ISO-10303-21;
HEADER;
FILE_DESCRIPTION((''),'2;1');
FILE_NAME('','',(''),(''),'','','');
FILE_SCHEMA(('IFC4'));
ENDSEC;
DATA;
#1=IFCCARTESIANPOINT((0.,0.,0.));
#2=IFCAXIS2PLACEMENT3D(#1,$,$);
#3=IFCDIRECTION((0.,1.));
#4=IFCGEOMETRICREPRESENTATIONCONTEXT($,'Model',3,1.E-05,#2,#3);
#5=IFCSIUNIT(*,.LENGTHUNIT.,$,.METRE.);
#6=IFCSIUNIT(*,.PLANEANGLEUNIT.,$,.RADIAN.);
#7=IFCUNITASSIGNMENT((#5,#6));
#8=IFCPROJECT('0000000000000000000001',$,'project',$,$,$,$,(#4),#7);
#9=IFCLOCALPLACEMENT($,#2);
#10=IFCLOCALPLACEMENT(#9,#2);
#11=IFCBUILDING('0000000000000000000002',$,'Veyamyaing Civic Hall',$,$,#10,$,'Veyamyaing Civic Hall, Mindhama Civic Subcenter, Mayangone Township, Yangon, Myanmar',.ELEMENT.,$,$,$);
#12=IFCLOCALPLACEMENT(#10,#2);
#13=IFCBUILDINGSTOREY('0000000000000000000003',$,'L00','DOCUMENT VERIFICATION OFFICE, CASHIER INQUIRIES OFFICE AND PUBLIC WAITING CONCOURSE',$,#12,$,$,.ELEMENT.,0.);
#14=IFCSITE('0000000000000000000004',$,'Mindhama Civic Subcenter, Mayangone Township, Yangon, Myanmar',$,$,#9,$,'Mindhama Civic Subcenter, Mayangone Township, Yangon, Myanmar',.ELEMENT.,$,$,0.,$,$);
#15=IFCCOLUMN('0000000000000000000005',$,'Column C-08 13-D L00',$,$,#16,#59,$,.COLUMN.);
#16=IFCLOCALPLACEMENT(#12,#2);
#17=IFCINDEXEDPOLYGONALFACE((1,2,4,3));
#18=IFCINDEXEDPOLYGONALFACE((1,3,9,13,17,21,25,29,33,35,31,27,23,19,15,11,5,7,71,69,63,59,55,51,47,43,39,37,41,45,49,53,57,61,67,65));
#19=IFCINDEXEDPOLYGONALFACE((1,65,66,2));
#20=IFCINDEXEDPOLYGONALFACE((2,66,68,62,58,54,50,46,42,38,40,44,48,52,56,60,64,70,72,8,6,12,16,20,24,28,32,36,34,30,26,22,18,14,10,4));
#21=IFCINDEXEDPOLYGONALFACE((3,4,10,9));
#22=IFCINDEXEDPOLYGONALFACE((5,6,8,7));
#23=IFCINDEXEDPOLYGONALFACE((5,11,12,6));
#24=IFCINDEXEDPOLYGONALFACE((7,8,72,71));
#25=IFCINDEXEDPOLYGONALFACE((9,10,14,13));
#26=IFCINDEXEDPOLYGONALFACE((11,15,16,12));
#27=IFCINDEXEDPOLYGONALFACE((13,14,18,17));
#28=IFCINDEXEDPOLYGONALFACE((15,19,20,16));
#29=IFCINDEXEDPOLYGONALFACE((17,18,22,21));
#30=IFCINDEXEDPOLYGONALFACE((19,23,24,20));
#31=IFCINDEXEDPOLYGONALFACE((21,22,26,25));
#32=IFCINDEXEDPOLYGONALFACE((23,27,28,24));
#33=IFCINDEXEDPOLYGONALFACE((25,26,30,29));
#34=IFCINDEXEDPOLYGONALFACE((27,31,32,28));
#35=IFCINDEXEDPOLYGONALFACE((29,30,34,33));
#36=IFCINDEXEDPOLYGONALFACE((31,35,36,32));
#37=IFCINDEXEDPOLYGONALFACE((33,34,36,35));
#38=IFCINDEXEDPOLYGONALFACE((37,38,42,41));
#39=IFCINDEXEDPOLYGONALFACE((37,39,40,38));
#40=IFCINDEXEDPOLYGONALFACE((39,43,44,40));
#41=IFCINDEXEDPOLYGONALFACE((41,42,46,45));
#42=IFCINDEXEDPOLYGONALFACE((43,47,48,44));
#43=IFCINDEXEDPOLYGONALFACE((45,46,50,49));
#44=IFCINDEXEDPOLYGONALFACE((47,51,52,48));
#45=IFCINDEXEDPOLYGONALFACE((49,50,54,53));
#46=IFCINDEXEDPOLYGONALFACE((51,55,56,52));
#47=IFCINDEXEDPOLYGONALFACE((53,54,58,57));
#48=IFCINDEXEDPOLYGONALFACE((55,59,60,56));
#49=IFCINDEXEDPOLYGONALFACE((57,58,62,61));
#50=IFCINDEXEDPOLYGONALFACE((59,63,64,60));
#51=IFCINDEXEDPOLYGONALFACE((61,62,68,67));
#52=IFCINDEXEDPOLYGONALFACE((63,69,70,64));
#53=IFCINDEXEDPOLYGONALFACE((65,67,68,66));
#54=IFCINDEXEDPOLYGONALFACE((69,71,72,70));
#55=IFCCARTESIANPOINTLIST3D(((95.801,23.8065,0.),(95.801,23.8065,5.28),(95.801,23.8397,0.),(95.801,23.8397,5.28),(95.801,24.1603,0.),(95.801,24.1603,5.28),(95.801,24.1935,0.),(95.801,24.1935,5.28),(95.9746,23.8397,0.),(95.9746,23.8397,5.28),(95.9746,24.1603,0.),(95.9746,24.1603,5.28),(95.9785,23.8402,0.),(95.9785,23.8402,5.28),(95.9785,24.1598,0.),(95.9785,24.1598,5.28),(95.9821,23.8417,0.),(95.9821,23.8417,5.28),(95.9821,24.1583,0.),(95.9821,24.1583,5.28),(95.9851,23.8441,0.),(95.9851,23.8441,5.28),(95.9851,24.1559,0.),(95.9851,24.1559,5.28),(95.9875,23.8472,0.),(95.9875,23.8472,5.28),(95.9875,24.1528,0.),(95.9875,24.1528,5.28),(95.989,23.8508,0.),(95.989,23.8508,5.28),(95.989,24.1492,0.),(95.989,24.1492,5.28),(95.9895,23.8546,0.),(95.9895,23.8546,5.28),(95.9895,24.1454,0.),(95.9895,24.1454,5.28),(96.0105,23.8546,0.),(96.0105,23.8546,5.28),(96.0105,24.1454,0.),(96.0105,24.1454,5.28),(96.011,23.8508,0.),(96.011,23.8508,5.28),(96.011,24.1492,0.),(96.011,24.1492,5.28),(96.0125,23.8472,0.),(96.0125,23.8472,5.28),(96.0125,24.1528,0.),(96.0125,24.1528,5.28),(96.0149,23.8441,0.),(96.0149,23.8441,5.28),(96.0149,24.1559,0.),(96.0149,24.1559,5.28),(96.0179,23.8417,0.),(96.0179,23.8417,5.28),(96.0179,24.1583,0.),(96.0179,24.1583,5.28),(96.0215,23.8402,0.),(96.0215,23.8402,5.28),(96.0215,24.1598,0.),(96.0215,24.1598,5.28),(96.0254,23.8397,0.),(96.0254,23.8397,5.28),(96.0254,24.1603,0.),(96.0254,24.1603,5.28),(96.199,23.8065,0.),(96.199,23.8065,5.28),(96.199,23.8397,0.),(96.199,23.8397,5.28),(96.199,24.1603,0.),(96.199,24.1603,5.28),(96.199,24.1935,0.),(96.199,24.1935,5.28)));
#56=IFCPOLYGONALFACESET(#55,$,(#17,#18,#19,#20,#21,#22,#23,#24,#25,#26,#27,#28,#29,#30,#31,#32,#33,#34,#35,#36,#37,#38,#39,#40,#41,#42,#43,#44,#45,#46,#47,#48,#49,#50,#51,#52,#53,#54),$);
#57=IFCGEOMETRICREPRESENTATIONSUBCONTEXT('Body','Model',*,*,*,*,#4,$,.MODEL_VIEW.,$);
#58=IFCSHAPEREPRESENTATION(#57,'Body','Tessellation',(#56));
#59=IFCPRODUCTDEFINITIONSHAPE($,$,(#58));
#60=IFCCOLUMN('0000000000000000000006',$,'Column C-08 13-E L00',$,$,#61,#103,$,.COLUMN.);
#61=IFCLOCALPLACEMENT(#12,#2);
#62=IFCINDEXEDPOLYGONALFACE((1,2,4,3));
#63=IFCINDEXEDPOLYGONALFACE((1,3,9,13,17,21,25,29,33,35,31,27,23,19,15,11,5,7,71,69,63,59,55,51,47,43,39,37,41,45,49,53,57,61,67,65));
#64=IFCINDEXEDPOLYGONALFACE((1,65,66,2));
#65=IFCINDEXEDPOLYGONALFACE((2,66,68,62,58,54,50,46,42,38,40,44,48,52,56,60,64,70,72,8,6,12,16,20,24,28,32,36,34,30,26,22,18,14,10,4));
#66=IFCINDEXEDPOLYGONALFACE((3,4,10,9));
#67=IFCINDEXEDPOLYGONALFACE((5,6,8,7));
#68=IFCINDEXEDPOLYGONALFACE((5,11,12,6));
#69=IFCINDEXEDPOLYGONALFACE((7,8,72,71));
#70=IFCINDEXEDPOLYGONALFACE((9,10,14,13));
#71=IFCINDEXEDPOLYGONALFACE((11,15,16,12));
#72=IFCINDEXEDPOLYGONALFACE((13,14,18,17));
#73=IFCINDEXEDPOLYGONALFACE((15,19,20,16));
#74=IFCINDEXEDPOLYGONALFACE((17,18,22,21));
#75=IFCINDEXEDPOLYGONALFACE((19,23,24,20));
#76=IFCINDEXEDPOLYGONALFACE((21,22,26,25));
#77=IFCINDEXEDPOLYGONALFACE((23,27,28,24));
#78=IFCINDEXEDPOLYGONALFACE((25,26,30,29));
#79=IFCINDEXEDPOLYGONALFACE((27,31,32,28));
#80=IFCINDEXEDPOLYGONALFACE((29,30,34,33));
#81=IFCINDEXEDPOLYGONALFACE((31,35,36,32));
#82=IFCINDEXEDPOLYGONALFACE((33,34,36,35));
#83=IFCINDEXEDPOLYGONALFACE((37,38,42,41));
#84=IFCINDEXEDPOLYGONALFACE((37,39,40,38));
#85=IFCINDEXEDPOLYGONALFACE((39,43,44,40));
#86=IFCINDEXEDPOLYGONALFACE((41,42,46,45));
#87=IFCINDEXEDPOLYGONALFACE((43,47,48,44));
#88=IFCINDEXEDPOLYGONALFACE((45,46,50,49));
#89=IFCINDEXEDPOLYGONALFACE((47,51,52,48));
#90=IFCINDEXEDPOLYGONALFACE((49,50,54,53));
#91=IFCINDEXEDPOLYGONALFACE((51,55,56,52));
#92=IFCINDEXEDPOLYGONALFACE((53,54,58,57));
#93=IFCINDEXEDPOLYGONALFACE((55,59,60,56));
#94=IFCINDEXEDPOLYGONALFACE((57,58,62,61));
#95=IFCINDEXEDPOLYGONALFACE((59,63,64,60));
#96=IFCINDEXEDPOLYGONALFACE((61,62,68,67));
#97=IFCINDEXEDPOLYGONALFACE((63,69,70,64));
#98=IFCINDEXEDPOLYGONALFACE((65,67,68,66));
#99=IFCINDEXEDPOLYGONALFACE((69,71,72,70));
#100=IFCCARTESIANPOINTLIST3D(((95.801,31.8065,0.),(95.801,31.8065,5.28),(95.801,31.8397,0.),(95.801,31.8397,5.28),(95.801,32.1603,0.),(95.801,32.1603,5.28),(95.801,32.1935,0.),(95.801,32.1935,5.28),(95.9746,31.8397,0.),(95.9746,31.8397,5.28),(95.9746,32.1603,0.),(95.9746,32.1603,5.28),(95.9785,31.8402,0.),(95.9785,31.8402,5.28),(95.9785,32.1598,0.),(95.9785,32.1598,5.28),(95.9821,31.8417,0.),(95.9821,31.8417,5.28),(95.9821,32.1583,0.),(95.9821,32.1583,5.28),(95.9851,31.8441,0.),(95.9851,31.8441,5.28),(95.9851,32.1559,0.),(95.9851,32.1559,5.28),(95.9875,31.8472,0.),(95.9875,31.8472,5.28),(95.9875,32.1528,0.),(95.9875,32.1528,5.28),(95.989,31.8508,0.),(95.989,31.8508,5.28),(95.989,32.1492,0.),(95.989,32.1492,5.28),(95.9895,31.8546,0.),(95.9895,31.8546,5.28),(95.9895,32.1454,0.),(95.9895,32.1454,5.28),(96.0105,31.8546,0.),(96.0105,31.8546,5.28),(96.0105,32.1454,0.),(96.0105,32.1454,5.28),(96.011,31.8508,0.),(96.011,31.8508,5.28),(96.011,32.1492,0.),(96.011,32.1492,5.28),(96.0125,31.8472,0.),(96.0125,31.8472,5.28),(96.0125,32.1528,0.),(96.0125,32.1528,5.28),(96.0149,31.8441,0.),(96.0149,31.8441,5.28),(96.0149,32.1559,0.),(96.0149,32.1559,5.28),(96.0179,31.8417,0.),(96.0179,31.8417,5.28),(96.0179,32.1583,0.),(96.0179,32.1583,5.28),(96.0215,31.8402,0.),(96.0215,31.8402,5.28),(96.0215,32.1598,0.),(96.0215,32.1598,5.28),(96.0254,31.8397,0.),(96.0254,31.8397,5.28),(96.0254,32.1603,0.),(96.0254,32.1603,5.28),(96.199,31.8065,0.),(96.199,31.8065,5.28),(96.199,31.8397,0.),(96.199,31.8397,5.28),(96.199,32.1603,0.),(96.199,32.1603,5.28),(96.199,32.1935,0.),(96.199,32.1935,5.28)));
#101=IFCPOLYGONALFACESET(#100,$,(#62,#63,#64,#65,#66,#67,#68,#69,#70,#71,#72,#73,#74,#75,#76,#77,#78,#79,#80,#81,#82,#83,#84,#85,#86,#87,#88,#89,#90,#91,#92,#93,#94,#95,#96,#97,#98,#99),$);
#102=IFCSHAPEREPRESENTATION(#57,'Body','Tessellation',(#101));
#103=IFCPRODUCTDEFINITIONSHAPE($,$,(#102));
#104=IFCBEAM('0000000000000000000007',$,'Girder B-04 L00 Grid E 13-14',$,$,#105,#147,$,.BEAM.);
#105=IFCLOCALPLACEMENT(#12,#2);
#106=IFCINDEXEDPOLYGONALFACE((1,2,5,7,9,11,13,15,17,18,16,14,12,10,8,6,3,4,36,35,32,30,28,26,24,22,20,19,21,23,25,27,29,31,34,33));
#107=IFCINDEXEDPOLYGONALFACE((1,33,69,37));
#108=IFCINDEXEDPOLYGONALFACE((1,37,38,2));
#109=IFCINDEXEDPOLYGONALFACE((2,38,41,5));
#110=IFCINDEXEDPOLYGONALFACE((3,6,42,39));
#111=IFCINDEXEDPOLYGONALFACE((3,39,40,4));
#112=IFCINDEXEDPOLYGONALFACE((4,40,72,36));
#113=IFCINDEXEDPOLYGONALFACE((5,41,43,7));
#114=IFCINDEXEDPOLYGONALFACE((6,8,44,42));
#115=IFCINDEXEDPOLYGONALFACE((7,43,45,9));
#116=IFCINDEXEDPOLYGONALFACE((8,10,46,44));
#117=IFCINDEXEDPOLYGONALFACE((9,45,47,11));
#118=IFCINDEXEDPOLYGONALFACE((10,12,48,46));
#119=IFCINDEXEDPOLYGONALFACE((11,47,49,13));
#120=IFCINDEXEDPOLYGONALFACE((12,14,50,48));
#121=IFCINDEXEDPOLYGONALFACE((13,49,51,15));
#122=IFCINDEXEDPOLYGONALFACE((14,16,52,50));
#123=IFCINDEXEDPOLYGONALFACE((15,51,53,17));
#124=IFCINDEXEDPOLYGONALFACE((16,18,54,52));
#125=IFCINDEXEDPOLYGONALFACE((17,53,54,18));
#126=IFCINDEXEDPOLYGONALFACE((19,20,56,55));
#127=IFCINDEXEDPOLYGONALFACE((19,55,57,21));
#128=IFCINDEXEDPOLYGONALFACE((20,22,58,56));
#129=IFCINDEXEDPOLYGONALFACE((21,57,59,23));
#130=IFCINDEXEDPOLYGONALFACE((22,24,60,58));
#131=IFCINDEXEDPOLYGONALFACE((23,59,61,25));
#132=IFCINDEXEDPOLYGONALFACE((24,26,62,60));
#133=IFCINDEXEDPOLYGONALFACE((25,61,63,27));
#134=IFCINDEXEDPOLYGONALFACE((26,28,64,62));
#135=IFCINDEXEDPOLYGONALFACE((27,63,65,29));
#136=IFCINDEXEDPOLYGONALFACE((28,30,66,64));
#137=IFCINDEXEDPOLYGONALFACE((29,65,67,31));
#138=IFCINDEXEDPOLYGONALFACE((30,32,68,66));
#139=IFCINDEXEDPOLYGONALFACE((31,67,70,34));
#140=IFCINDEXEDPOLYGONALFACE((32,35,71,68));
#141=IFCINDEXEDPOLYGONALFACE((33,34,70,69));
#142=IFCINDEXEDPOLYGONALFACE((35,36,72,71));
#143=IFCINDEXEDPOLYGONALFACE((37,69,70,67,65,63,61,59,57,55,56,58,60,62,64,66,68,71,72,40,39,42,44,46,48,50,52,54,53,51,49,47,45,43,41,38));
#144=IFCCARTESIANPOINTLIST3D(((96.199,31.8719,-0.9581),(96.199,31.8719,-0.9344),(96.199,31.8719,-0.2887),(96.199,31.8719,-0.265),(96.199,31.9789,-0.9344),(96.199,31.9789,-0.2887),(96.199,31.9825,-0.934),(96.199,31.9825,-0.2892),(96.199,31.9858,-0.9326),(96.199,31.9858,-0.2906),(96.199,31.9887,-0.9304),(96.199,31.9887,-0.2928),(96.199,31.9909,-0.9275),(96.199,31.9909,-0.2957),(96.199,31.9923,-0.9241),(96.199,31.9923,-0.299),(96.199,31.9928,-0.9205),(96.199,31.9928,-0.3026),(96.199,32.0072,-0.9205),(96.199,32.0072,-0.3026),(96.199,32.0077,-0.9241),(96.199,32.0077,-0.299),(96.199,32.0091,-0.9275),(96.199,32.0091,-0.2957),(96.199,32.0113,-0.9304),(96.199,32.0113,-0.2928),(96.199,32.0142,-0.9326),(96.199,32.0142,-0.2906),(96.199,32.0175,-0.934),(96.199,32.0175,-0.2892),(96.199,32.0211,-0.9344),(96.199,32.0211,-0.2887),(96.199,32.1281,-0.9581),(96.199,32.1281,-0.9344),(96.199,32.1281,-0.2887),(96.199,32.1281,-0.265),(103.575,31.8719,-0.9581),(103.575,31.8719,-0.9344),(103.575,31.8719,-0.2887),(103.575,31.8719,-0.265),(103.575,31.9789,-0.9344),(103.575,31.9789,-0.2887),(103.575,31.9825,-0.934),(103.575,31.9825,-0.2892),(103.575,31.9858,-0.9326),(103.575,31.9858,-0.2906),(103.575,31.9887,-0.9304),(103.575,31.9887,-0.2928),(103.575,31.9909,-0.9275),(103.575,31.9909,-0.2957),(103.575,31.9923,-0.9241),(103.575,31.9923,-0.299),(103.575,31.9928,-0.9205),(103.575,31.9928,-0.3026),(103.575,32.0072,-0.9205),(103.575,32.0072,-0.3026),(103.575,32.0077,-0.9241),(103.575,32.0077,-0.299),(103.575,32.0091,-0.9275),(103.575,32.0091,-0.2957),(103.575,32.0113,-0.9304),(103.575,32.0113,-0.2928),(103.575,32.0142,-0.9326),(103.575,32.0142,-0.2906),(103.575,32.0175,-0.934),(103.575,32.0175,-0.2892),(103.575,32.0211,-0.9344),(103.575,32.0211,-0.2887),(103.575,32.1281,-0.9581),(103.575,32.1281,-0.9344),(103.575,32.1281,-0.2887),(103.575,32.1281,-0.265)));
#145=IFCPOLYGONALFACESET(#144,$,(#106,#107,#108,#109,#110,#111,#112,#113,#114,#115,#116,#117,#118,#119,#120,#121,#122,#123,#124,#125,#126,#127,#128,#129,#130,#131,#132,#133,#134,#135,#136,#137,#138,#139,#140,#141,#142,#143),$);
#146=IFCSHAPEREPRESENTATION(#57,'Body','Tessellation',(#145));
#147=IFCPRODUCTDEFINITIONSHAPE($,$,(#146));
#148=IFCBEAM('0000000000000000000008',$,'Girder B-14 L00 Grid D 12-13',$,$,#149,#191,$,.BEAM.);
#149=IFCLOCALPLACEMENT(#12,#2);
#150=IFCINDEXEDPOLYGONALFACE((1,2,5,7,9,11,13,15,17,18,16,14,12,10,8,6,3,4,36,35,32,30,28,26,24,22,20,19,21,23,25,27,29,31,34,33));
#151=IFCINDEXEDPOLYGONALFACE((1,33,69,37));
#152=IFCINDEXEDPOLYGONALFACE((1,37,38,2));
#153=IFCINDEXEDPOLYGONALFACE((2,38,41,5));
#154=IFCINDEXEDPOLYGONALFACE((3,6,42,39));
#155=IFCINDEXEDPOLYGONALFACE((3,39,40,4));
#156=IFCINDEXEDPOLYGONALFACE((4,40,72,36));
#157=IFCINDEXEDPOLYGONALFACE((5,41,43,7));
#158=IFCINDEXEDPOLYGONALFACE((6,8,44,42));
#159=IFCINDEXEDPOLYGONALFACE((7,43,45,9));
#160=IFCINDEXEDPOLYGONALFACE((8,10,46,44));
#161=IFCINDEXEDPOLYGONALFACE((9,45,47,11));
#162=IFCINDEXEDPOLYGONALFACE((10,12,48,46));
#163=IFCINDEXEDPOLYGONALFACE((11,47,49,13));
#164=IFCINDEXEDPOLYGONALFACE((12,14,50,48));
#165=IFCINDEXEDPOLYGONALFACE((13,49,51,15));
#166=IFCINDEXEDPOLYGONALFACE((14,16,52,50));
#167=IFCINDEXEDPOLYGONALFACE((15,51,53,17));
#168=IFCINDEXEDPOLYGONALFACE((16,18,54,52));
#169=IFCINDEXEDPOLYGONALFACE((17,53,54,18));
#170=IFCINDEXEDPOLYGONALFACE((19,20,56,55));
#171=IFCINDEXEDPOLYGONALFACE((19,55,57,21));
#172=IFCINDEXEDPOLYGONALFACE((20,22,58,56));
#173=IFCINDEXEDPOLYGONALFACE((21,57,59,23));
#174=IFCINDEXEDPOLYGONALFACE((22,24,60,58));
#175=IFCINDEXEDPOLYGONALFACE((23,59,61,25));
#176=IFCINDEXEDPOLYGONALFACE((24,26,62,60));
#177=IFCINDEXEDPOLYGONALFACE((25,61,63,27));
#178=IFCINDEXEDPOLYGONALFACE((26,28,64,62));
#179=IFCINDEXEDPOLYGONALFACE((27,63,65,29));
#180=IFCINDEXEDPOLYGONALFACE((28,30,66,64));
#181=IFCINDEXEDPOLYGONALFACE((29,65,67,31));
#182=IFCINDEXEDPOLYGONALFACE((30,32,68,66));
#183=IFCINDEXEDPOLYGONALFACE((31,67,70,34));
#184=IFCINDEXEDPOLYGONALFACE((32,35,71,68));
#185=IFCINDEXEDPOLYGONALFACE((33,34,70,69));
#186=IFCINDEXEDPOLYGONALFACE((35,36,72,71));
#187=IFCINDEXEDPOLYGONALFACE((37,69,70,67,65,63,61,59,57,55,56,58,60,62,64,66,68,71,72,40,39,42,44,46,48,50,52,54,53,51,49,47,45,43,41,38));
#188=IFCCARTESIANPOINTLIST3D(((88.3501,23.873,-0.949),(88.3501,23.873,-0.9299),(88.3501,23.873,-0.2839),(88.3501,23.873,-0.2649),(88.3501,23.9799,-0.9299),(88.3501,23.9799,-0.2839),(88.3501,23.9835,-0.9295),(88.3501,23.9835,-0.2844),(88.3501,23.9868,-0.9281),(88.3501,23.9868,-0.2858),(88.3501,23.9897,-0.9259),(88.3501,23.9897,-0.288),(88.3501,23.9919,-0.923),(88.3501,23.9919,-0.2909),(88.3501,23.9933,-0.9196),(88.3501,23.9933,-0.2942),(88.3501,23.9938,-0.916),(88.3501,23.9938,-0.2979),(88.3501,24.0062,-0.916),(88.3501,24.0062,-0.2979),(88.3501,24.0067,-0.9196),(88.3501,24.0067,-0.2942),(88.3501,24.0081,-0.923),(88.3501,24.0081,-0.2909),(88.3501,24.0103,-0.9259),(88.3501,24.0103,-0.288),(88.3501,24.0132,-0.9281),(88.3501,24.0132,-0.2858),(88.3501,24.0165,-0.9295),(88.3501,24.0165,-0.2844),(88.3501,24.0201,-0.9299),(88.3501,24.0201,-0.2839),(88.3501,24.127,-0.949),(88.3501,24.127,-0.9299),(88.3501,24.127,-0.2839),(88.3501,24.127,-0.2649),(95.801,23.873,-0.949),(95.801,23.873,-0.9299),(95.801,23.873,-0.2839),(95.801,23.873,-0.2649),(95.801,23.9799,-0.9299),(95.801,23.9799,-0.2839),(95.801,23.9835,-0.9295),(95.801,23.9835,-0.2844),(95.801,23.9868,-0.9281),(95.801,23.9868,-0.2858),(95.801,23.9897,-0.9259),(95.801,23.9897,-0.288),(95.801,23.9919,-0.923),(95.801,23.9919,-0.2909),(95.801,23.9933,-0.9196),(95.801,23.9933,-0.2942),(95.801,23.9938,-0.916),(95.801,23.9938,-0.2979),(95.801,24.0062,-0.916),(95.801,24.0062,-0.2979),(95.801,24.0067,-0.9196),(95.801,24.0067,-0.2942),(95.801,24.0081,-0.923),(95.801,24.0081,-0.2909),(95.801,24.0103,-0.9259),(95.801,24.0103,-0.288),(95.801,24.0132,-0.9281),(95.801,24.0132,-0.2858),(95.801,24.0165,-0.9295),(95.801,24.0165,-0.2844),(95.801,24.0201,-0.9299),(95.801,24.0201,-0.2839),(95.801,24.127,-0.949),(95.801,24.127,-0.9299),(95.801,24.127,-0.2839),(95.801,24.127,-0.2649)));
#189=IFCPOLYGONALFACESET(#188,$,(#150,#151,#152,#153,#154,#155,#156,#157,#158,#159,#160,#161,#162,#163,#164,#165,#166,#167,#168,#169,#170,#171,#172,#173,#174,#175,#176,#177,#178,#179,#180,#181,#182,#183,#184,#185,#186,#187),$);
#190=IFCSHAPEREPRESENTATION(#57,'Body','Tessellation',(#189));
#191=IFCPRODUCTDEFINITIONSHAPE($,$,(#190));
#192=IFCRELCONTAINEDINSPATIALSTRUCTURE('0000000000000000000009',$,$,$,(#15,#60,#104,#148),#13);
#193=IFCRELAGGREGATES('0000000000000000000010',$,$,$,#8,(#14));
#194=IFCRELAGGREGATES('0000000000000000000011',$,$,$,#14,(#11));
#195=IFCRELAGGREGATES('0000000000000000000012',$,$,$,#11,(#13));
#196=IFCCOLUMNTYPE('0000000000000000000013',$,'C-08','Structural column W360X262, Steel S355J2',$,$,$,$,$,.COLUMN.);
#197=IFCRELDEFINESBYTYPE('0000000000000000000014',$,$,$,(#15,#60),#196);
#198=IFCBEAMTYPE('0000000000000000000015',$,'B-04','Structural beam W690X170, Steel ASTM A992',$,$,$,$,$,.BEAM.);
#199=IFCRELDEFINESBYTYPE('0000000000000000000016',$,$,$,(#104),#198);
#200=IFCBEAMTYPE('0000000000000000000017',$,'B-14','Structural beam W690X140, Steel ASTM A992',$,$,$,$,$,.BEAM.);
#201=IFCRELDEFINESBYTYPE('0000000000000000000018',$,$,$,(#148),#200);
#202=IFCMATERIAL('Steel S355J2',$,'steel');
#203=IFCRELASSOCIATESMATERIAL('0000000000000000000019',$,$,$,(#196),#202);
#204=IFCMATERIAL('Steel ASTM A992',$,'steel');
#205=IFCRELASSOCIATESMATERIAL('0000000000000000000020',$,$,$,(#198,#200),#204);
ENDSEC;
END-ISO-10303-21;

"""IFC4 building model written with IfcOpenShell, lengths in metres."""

from ifc_helpers import new_model, si_unit, direction, frame, origin, origin_2d, place, context, subcontext, project, spatial, i_section, extrude, material, material_profile, profile_set, type_object, element, save


model = new_model("IFC4")

# Units and contexts
model_context = context("Model", 3, precision=1e-05, world=origin(), true_north=direction((0.0, 1.0)))
body_context = subcontext(model_context, "Body", "Model", "MODEL_VIEW")
ifc_project = project(units=[si_unit("LENGTHUNIT", "METRE"), si_unit("PLANEANGLEUNIT", "RADIAN")], contexts=[model_context])

# Site, building, storey
site_placement = place(None, origin())
site = spatial("IfcSite", under=ifc_project, at=site_placement, Name="Mindhama Civic Subcenter, Mayangone Township, Yangon, Myanmar", LongName="Mindhama Civic Subcenter, Mayangone Township, Yangon, Myanmar", CompositionType="ELEMENT", RefElevation=0.0)
building_placement = place(site_placement, origin())
building = spatial("IfcBuilding", under=site, at=building_placement, Name="Veyamyaing Civic Hall", LongName="Veyamyaing Civic Hall, Mindhama Civic Subcenter, Mayangone Township, Yangon, Myanmar", CompositionType="ELEMENT")
storey_placement = place(building_placement, origin())
storey = spatial("IfcBuildingStorey", under=building, at=storey_placement, Name="L00", Description="DOCUMENT VERIFICATION OFFICE, CASHIER INQUIRIES OFFICE AND PUBLIC WAITING CONCOURSE", CompositionType="ELEMENT", Elevation=0.0)

# Columns
ifc_material_1 = material(Name="Steel S355J2", Category="steel")
ifc_material_profile_1 = material_profile(ifc_material_1, i_section(OverallWidth=0.3979, OverallDepth=0.387, WebThickness=0.021, FlangeThickness=0.0332, FilletRadius=0.0149, at=origin_2d()), Name="W360X262")
ifc_profile_set_1 = profile_set([ifc_material_profile_1], Name="Steel S355J2")
column_type = type_object("IfcColumnType", Name="C-08", Description="Structural column W360X262, Steel S355J2", PredefinedType="COLUMN", material=ifc_profile_set_1)
for number, where, z_axis, x_axis, name in (
    (1, (96.0, 24.0, 0.0), (0.0, 0.0, 1.0), (1.0, 0.0, 0.0), "Column C-08 13-D L00"),
    (2, (96.0, 32.0, 0.0), (0.0, 0.0, 1.0), (1.0, 0.0, 0.0), "Column C-08 13-E L00"),
):
    element("IfcColumn", number, at=place(storey_placement, frame(where, z_axis=z_axis, x_axis=x_axis)), inside=storey, type_object=column_type, Name=name, PredefinedType="COLUMN", context=body_context, shape_type="SweptSolid", body=[
        extrude(i_section(OverallWidth=0.3979, OverallDepth=0.387, WebThickness=0.021, FlangeThickness=0.0332, FilletRadius=0.0149, at=origin_2d()), origin(), (0.0, 0.0, 1.0), 5.28),
    ])

# Beams
ifc_material_2 = material(Name="Steel ASTM A992", Category="steel")
ifc_material_profile_2 = material_profile(ifc_material_2, i_section(OverallWidth=0.2561, OverallDepth=0.6931, WebThickness=0.0144, FlangeThickness=0.0237, FilletRadius=0.0139, at=origin_2d()), Name="W690X170")
ifc_profile_set_2 = profile_set([ifc_material_profile_2], Name="Steel ASTM A992")
beam_type_1 = type_object("IfcBeamType", Name="B-04", Description="Structural beam W690X170, Steel ASTM A992", PredefinedType="BEAM", material=ifc_profile_set_2)
beam_1_placement = place(storey_placement, frame((96.199, 32.0, -0.6116), z_axis=(1.0, 0.0, 0.0), x_axis=(0.0, 1.0, 0.0)))
element("IfcBeam", 3, at=beam_1_placement, inside=storey, type_object=beam_type_1, Name="Girder B-04 L00 Grid E 13-14", PredefinedType="BEAM", context=body_context, shape_type="SweptSolid", body=[
    extrude(i_section(OverallWidth=0.2561, OverallDepth=0.6931, WebThickness=0.0144, FlangeThickness=0.0237, FilletRadius=0.0139, at=origin_2d()), origin(), (0.0, 0.0, 1.0), 7.376),
])
ifc_material_profile_3 = material_profile(ifc_material_2, i_section(OverallWidth=0.2539, OverallDepth=0.6841, WebThickness=0.0125, FlangeThickness=0.019, FilletRadius=0.0139, at=origin_2d()), Name="W690X140")
ifc_profile_set_3 = profile_set([ifc_material_profile_3], Name="Steel ASTM A992")
beam_type_2 = type_object("IfcBeamType", Name="B-14", Description="Structural beam W690X140, Steel ASTM A992", PredefinedType="BEAM", material=ifc_profile_set_3)
beam_2_placement = place(storey_placement, frame((88.3501, 24.0, -0.6069), z_axis=(1.0, 0.0, 0.0), x_axis=(0.0, 1.0, 0.0)))
element("IfcBeam", 4, at=beam_2_placement, inside=storey, type_object=beam_type_2, Name="Girder B-14 L00 Grid D 12-13", PredefinedType="BEAM", context=body_context, shape_type="SweptSolid", body=[
    extrude(i_section(OverallWidth=0.2539, OverallDepth=0.6841, WebThickness=0.0125, FlangeThickness=0.019, FilletRadius=0.0139, at=origin_2d()), origin(), (0.0, 0.0, 1.0), 7.4509),
])

save(model, "model.ifc")
